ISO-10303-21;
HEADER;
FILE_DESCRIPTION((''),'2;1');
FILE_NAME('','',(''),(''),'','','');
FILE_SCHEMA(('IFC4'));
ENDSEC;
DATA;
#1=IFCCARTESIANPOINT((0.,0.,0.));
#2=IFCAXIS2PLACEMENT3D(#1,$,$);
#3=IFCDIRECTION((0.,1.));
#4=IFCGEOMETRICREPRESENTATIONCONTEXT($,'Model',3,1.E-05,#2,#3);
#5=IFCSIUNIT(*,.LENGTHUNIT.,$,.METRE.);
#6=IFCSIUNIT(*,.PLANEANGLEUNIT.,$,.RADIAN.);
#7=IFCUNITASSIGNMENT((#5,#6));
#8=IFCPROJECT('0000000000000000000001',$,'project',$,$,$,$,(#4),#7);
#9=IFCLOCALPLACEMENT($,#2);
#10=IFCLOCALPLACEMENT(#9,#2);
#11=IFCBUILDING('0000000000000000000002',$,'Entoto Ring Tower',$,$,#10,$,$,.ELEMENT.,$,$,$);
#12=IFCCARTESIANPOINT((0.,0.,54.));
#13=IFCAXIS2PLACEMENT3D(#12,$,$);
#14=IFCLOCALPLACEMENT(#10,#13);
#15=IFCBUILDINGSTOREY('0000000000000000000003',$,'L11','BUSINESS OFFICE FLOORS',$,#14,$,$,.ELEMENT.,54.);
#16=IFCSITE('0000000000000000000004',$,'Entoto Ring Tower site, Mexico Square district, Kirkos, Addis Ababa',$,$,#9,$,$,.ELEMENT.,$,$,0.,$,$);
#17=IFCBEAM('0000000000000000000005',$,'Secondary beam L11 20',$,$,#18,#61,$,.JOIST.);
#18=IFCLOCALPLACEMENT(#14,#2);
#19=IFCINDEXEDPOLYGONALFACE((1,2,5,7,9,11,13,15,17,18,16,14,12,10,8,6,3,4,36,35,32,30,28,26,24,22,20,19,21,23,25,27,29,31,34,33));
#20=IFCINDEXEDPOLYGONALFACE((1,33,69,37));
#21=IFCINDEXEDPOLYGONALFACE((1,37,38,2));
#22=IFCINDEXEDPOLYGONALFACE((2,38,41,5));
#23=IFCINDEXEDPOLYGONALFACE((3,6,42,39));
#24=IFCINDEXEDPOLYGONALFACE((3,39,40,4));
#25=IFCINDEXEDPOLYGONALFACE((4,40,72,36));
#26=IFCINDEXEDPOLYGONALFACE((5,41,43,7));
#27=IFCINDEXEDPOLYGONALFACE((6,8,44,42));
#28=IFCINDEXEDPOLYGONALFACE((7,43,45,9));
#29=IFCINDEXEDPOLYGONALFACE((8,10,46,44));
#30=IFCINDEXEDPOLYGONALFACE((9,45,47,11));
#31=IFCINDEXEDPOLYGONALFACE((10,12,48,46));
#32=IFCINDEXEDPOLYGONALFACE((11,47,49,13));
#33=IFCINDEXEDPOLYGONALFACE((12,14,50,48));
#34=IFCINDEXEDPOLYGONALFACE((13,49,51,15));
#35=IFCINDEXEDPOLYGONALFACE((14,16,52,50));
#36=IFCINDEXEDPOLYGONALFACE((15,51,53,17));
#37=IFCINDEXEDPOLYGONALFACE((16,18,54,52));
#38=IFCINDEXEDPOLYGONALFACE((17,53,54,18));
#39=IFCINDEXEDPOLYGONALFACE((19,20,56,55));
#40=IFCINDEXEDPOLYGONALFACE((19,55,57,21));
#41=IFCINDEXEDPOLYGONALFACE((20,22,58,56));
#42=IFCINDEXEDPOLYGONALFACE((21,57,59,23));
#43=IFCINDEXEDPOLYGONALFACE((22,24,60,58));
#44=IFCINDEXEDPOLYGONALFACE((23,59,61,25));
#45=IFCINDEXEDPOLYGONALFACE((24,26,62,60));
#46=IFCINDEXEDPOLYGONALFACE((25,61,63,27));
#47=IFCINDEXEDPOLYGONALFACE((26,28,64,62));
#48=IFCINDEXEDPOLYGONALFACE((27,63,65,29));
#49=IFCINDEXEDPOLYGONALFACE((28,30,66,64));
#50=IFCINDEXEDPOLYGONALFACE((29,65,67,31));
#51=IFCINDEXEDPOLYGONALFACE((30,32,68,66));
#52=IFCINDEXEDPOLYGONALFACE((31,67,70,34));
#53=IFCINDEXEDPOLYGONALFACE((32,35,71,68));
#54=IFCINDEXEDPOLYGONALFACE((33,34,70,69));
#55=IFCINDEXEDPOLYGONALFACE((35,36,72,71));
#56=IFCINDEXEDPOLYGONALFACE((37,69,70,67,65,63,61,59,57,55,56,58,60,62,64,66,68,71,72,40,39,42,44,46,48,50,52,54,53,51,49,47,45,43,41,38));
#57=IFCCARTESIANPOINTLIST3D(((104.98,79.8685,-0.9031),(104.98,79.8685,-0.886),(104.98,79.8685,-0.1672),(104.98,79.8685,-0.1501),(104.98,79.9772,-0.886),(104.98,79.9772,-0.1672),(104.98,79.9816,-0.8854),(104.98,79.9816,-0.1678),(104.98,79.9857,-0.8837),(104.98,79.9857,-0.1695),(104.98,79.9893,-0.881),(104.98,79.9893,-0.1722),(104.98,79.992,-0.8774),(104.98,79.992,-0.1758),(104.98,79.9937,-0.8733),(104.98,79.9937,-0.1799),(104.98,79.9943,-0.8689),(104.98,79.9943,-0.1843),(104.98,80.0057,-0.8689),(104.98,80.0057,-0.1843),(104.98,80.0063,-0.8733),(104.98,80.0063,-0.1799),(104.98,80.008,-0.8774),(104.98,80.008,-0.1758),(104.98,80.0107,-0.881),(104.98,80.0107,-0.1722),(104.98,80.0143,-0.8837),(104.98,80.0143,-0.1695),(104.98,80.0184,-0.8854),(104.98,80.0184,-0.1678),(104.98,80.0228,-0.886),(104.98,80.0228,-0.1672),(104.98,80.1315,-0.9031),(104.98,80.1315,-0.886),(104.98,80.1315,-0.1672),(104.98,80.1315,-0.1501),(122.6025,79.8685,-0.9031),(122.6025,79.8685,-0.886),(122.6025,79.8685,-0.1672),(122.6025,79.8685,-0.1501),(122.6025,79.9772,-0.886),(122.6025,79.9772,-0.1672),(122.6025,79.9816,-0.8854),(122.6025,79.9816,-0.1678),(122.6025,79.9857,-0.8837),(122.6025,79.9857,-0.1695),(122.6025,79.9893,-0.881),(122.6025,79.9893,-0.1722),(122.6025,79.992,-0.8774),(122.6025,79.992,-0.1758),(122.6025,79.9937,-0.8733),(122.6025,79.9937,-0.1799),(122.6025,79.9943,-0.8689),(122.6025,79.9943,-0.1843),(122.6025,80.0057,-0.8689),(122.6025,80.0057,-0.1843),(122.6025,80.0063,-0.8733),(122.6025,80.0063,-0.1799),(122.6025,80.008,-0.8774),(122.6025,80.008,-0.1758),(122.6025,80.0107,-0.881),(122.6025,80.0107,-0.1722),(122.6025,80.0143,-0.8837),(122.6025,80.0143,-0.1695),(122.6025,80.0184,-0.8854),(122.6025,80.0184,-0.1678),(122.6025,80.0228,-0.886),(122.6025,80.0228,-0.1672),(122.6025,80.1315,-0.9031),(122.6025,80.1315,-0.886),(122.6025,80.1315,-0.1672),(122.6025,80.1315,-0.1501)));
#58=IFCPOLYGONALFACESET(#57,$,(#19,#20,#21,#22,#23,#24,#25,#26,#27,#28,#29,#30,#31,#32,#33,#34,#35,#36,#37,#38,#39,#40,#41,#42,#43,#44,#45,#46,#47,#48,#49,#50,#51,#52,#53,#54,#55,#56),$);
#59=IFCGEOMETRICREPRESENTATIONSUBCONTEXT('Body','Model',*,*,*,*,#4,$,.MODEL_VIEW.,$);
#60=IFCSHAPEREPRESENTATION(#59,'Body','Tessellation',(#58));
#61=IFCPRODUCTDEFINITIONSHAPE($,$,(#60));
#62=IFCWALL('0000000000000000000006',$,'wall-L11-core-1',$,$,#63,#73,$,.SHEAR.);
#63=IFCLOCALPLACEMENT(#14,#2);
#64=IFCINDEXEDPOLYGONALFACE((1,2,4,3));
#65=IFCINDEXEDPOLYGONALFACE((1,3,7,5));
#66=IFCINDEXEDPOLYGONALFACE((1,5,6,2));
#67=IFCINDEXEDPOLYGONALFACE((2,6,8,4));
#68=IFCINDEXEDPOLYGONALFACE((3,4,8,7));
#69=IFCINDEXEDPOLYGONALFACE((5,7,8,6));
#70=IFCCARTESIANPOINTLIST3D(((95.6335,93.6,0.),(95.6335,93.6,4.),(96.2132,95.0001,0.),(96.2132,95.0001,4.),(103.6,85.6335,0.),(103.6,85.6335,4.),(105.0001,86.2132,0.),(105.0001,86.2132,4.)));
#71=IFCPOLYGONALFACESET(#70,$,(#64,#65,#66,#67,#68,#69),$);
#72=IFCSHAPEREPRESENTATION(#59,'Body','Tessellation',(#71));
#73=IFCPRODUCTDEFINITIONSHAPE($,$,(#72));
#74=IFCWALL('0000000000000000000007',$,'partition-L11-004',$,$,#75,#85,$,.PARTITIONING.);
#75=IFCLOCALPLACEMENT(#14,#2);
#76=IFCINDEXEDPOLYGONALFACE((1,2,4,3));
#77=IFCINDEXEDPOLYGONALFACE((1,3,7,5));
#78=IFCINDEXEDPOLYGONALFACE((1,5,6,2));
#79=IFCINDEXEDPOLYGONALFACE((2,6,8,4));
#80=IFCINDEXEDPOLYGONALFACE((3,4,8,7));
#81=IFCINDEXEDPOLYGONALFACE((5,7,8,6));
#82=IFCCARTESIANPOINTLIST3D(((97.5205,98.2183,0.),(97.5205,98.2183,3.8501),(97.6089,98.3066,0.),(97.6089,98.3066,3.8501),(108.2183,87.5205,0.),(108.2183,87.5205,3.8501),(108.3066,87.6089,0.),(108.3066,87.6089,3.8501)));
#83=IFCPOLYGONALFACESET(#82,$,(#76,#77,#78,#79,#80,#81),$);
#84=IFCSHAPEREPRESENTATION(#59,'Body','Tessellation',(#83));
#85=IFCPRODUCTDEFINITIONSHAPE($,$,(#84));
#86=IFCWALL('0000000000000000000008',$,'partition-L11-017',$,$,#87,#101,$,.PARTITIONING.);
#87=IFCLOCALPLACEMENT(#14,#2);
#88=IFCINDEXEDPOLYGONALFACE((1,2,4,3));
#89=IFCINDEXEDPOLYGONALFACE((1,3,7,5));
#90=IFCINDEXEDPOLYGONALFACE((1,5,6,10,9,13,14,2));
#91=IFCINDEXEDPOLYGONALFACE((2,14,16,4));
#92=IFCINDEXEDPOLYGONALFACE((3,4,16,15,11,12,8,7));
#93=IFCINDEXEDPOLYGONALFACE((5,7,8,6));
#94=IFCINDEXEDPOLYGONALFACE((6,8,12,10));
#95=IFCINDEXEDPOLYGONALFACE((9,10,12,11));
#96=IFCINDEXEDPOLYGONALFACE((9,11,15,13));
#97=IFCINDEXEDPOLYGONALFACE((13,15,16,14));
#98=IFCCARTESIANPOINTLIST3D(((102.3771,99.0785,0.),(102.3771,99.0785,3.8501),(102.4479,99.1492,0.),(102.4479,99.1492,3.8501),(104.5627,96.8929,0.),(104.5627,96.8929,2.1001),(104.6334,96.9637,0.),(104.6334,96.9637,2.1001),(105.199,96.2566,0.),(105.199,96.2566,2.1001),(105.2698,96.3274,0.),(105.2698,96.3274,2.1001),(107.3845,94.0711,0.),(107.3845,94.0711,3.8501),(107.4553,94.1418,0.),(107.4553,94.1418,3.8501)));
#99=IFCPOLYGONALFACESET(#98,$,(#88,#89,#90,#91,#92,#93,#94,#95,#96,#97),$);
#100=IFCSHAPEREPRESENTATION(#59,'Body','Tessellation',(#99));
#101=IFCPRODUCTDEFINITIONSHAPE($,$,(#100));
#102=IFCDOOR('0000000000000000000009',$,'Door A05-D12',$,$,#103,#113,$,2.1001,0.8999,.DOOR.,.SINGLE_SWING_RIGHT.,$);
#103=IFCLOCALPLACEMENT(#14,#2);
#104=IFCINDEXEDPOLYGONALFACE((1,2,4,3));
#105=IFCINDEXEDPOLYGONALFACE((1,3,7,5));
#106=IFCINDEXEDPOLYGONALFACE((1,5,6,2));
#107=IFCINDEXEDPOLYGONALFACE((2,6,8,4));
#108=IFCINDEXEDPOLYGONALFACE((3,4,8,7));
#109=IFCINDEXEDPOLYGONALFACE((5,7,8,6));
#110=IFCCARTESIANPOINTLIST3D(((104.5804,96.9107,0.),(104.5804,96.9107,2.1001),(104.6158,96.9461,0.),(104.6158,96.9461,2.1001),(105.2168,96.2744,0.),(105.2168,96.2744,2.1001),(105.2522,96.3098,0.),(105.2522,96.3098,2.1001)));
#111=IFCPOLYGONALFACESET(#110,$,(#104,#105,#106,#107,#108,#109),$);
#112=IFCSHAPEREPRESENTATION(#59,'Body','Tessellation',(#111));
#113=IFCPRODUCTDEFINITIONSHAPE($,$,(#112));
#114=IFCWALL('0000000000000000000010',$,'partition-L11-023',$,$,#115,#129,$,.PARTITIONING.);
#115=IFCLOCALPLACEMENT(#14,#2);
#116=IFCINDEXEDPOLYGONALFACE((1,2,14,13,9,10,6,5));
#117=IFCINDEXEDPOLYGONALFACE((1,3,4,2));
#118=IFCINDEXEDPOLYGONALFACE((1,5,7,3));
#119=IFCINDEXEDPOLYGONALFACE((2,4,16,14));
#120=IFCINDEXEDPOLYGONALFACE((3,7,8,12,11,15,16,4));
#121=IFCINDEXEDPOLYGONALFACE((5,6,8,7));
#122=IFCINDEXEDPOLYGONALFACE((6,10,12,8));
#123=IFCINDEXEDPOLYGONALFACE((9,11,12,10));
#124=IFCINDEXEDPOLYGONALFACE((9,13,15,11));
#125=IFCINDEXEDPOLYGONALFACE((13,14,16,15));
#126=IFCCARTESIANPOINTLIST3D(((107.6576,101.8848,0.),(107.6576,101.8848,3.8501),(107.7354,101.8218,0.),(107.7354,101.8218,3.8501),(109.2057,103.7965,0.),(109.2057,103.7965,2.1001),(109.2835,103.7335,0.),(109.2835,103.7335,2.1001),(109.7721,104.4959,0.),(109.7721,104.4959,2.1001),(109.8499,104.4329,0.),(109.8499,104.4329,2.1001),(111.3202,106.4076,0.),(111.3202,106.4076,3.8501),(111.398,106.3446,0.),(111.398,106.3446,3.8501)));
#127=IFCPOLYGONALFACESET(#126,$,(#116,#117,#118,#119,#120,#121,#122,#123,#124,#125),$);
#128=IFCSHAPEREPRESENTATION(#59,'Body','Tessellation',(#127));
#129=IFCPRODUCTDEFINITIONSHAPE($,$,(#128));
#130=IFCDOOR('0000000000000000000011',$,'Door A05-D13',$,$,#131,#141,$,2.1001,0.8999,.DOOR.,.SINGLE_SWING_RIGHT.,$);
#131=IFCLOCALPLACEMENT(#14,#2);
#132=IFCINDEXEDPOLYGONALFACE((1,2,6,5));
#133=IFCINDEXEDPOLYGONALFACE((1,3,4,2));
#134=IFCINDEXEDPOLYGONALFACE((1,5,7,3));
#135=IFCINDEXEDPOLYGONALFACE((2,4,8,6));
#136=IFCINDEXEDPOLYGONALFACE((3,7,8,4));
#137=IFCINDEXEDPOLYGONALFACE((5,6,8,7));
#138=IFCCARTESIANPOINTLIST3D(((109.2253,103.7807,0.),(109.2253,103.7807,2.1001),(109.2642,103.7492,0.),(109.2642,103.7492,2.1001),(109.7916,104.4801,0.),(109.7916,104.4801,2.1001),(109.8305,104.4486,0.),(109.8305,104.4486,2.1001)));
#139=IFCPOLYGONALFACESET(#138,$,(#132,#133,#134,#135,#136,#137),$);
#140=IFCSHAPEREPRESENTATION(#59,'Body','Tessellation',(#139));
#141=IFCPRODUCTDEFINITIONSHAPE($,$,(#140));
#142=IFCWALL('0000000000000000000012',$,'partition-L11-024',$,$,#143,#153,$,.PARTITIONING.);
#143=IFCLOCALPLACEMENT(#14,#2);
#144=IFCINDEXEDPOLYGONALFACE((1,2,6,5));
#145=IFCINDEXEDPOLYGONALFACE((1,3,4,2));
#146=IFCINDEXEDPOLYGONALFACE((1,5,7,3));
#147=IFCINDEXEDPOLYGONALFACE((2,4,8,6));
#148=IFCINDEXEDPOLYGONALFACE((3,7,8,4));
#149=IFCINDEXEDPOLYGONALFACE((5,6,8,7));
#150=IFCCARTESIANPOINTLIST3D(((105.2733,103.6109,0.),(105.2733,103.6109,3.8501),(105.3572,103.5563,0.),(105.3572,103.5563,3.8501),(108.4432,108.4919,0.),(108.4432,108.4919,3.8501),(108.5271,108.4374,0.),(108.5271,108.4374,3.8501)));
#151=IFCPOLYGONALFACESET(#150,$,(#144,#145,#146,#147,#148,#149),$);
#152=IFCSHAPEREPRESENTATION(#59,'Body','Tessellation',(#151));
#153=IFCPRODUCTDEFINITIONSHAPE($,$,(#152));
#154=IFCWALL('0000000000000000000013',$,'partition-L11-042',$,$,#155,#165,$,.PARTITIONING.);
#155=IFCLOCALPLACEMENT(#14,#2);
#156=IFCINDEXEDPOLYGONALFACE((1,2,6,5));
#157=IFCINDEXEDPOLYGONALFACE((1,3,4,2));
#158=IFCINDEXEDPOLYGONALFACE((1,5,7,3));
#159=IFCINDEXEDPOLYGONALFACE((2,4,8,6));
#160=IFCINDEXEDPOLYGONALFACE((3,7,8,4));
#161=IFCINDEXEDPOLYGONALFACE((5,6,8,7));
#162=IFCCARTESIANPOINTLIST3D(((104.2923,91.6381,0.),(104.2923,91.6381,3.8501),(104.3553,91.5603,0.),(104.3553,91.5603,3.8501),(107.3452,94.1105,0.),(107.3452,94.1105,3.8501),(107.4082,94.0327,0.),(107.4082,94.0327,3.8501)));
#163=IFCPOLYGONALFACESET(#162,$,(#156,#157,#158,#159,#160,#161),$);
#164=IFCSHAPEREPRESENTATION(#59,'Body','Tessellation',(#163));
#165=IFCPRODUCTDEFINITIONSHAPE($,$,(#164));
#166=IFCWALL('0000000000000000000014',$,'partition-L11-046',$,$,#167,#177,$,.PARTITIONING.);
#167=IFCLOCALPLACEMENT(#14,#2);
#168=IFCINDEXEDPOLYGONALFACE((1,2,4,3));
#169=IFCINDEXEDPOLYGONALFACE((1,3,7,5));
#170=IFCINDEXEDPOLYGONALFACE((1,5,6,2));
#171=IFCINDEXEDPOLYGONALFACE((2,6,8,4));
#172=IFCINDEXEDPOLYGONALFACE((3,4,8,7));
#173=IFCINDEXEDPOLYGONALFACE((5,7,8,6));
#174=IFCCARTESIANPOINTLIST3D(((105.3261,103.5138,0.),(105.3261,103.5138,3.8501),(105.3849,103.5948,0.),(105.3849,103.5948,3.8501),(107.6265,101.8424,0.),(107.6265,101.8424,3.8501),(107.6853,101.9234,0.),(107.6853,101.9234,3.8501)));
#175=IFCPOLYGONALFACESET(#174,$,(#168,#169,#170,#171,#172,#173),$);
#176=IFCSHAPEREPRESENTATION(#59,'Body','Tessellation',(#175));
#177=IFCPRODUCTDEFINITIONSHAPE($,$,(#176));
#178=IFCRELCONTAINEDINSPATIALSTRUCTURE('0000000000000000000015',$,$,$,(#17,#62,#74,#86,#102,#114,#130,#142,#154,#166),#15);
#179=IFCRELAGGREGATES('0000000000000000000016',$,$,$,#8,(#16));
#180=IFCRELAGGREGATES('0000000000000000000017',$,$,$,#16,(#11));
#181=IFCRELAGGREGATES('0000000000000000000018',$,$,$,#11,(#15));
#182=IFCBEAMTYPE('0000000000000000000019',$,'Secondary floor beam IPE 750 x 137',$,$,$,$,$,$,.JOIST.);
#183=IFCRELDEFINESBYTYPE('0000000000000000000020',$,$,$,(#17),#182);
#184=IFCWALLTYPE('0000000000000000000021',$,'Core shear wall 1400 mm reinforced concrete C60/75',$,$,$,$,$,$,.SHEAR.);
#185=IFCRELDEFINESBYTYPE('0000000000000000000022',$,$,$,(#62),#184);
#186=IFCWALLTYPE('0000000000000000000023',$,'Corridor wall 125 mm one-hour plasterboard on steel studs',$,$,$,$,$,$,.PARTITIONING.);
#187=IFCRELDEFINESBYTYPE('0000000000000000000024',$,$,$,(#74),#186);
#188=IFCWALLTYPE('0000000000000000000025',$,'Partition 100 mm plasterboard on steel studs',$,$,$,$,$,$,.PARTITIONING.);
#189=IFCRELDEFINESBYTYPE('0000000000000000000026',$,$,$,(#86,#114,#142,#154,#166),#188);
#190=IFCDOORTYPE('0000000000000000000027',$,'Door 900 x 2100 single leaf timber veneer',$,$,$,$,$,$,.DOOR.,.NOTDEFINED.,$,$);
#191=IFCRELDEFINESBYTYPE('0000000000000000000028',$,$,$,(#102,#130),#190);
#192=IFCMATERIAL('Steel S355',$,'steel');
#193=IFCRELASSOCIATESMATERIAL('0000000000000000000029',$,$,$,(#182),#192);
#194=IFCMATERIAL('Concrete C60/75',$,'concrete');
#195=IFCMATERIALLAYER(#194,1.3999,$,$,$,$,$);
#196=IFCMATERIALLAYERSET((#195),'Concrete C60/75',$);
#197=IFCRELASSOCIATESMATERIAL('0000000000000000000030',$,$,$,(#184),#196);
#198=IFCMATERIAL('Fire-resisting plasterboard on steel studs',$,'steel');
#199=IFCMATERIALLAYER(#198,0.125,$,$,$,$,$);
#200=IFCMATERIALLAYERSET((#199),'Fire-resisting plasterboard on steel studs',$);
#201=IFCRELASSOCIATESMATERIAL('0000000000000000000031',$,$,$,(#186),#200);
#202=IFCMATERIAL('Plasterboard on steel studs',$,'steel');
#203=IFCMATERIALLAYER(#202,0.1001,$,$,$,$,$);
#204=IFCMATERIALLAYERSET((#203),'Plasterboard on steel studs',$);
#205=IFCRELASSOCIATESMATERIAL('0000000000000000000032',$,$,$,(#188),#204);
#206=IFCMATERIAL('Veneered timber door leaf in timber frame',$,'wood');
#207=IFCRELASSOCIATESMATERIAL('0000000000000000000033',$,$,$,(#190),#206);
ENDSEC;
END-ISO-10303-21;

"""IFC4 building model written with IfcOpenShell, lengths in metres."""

from ifc_helpers import new_model, si_unit, direction, frame, frame_2d, origin, origin_2d, place, context, subcontext, project, spatial, polyline, rectangle, i_section, outline, extrude, material, layer, layer_set, material_profile, profile_set, type_object, element, fill, save


model = new_model("IFC4")

# Units and contexts
model_context = context("Model", 3, precision=1e-05, world=origin(), true_north=direction((0.0, 1.0)))
body_context = subcontext(model_context, "Body", "Model", "MODEL_VIEW")
ifc_project = project(units=[si_unit("LENGTHUNIT", "METRE"), si_unit("PLANEANGLEUNIT", "RADIAN")], contexts=[model_context])

# Site, building, storey
site_placement = place(None, origin())
site = spatial("IfcSite", under=ifc_project, at=site_placement, Name="Entoto Ring Tower site, Mexico Square district, Kirkos, Addis Ababa", CompositionType="ELEMENT", RefElevation=0.0)
building_placement = place(site_placement, origin())
building = spatial("IfcBuilding", under=site, at=building_placement, Name="Entoto Ring Tower", CompositionType="ELEMENT")
storey_placement = place(building_placement, frame((0.0, 0.0, 54.0)))
storey = spatial("IfcBuildingStorey", under=building, at=storey_placement, Name="L11", Description="BUSINESS OFFICE FLOORS", CompositionType="ELEMENT", Elevation=54.0)

# Beam
ifc_material_1 = material(Name="Steel S355", Category="steel")
ifc_material_profile_1 = material_profile(ifc_material_1, i_section(OverallWidth=0.2629, OverallDepth=0.7529, WebThickness=0.0115, FlangeThickness=0.0171, FilletRadius=0.0171, at=origin_2d()), Name="IPE 750 x 137")
ifc_profile_set_1 = profile_set([ifc_material_profile_1], Name="Steel S355")
beam_type_1 = type_object("IfcBeamType", Name="Secondary floor beam IPE 750 x 137", PredefinedType="JOIST", material=ifc_profile_set_1)
beam_1_placement = place(storey_placement, frame((104.98, 80.0, -0.5266), z_axis=(1.0, 0.0, 0.0), x_axis=(0.0, 1.0, 0.0)))
element("IfcBeam", 1, at=beam_1_placement, inside=storey, type_object=beam_type_1, Name="Secondary beam L11 20", PredefinedType="JOIST", context=body_context, shape_type="SweptSolid", body=[
    extrude(i_section(OverallWidth=0.2629, OverallDepth=0.7529, WebThickness=0.0115, FlangeThickness=0.0171, FilletRadius=0.0171, at=origin_2d()), origin(), (0.0, 0.0, 1.0), 17.6226),
])

# Walls
ifc_material_2 = material(Name="Concrete C60/75", Category="concrete")
ifc_layer_1 = layer(ifc_material_2, 1.3999)
ifc_layer_set_1 = layer_set([ifc_layer_1], Name="Concrete C60/75")
wall_type_1 = type_object("IfcWallType", Name="Core shear wall 1400 mm reinforced concrete C60/75", PredefinedType="SHEAR", material=ifc_layer_set_1)
wall_1_placement = place(storey_placement, frame((104.3, 85.9233, 0.0), z_axis=(0.0, 0.0, 1.0), x_axis=(-0.707107, 0.707107, 0.0)))
element("IfcWall", 2, at=wall_1_placement, inside=storey, type_object=wall_type_1, Name="wall-L11-core-1", PredefinedType="SHEAR", context=body_context, shape_type="SweptSolid", body=[
    extrude(outline(polyline([(-0.29, -0.7), (12.1365, -0.7), (11.5564, 0.7), (0.29, 0.7), (-0.29, -0.7)])), origin(), (0.0, 0.0, 1.0), 4.0),
])
ifc_material_3 = material(Name="Fire-resisting plasterboard on steel studs", Category="steel")
ifc_layer_2 = layer(ifc_material_3, 0.125)
ifc_layer_set_2 = layer_set([ifc_layer_2], Name="Fire-resisting plasterboard on steel studs")
wall_type_2 = type_object("IfcWallType", Name="Corridor wall 125 mm one-hour plasterboard on steel studs", PredefinedType="PARTITIONING", material=ifc_layer_set_2)
wall_2_placement = place(storey_placement, frame((108.2625, 87.5647, 0.0), z_axis=(0.0, 0.0, 1.0), x_axis=(-0.707107, 0.707107, 0.0)))
element("IfcWall", 3, at=wall_2_placement, inside=storey, type_object=wall_type_2, Name="partition-L11-004", PredefinedType="PARTITIONING", context=body_context, shape_type="SweptSolid", body=[
    extrude(rectangle(XDim=15.1289, YDim=0.125, at=frame_2d((7.5645, 0.0))), origin(), (0.0, 0.0, 1.0), 3.8501),
])

# Walls, openings, doors
ifc_material_4 = material(Name="Plasterboard on steel studs", Category="steel")
ifc_layer_3 = layer(ifc_material_4, 0.1001)
ifc_layer_set_3 = layer_set([ifc_layer_3], Name="Plasterboard on steel studs")
wall_type_3 = type_object("IfcWallType", Name="Partition 100 mm plasterboard on steel studs", PredefinedType="PARTITIONING", material=ifc_layer_set_3)
wall_3_placement = place(storey_placement, frame((107.4199, 94.1064, 0.0), z_axis=(0.0, 0.0, 1.0), x_axis=(-0.707107, 0.707107, 0.0)))
wall_3 = element("IfcWall", 4, at=wall_3_placement, inside=storey, type_object=wall_type_3, Name="partition-L11-017", PredefinedType="PARTITIONING", context=body_context, shape_type="SweptSolid", body=[
    extrude(rectangle(XDim=7.0815, YDim=0.1001, at=frame_2d((3.5408, 0.0))), origin(), (0.0, 0.0, 1.0), 3.8501),
])
opening_1_placement = place(wall_3_placement, frame((3.0908, 0.0, 0.0)))
opening_1 = element("IfcOpeningElement", 5, at=opening_1_placement, cuts=wall_3, PredefinedType="OPENING", context=body_context, shape_type="SweptSolid", body=[
    extrude(rectangle(XDim=0.8999, YDim=2.1001, at=frame_2d((0.45, 1.05))), frame((0.0, 0.0601, 0.0), z_axis=(0.0, -1.0, 0.0), x_axis=(1.0, 0.0, 0.0)), (0.0, 0.0, 1.0), 0.1201),
])
ifc_material_5 = material(Name="Veneered timber door leaf in timber frame", Category="wood")
door_type = type_object("IfcDoorType", Name="Door 900 x 2100 single leaf timber veneer", OperationType="NOTDEFINED", PredefinedType="DOOR", material=ifc_material_5)
door_1_placement = place(opening_1_placement, origin())
door_1 = element("IfcDoor", 6, at=door_1_placement, inside=storey, type_object=door_type, Name="Door A05-D12", OperationType="SINGLE_SWING_RIGHT", OverallHeight=2.1001, OverallWidth=0.8999, PredefinedType="DOOR", context=body_context, shape_type="SweptSolid", body=[
    extrude(rectangle(XDim=0.8999, YDim=2.1001, at=frame_2d((0.45, 1.05))), frame((0.0, 0.0249, 0.0), z_axis=(0.0, -1.0, 0.0), x_axis=(1.0, 0.0, 0.0)), (0.0, 0.0, 1.0), 0.05),
])
fill(opening_1, door_1)
wall_4_placement = place(storey_placement, frame((107.6965, 101.8533, 0.0), z_axis=(0.0, 0.0, 1.0), x_axis=(0.629319, 0.777147, 0.0)))
wall_4 = element("IfcWall", 7, at=wall_4_placement, inside=storey, type_object=wall_type_3, Name="partition-L11-023", PredefinedType="PARTITIONING", context=body_context, shape_type="SweptSolid", body=[
    extrude(rectangle(XDim=5.8198, YDim=0.1001, at=frame_2d((2.9099, 0.0))), origin(), (0.0, 0.0, 1.0), 3.8501),
])
opening_2_placement = place(wall_4_placement, frame((2.46, 0.0, 0.0)))
opening_2 = element("IfcOpeningElement", 8, at=opening_2_placement, cuts=wall_4, PredefinedType="OPENING", context=body_context, shape_type="SweptSolid", body=[
    extrude(rectangle(XDim=0.8999, YDim=2.1001, at=frame_2d((0.45, 1.05))), frame((0.0, 0.0601, 0.0), z_axis=(0.0, -1.0, 0.0), x_axis=(1.0, 0.0, 0.0)), (0.0, 0.0, 1.0), 0.1201),
])
door_2_placement = place(opening_2_placement, origin())
door_2 = element("IfcDoor", 9, at=door_2_placement, inside=storey, type_object=door_type, Name="Door A05-D13", OperationType="SINGLE_SWING_RIGHT", OverallHeight=2.1001, OverallWidth=0.8999, PredefinedType="DOOR", context=body_context, shape_type="SweptSolid", body=[
    extrude(rectangle(XDim=0.8999, YDim=2.1001, at=frame_2d((0.45, 1.05))), frame((0.0, 0.0249, 0.0), z_axis=(0.0, -1.0, 0.0), x_axis=(1.0, 0.0, 0.0)), (0.0, 0.0, 1.0), 0.05),
])
fill(opening_2, door_2)

# Walls
wall_5_placement = place(storey_placement, frame((105.3152, 103.5835, 0.0), z_axis=(0.0, 0.0, 1.0), x_axis=(0.544651, 0.838663, 0.0)))
element("IfcWall", 10, at=wall_5_placement, inside=storey, type_object=wall_type_3, Name="partition-L11-024", PredefinedType="PARTITIONING", context=body_context, shape_type="SweptSolid", body=[
    extrude(rectangle(XDim=5.8201, YDim=0.1001, at=frame_2d((2.9102, 0.0))), origin(), (0.0, 0.0, 1.0), 3.8501),
])
wall_6_placement = place(storey_placement, frame((104.3237, 91.5991, 0.0), z_axis=(0.0, 0.0, 1.0), x_axis=(0.777126, 0.629345, 0.0)))
element("IfcWall", 11, at=wall_6_placement, inside=storey, type_object=wall_type_3, Name="partition-L11-042", PredefinedType="PARTITIONING", context=body_context, shape_type="SweptSolid", body=[
    extrude(rectangle(XDim=3.9285, YDim=0.1001, at=frame_2d((1.9644, 0.0))), origin(), (0.0, 0.0, 1.0), 3.8501),
])
wall_7_placement = place(storey_placement, frame((107.656, 101.8828, 0.0), z_axis=(0.0, 0.0, 1.0), x_axis=(-0.808996, 0.587814, 0.0)))
element("IfcWall", 12, at=wall_7_placement, inside=storey, type_object=wall_type_3, Name="partition-L11-046", PredefinedType="PARTITIONING", context=body_context, shape_type="SweptSolid", body=[
    extrude(rectangle(XDim=2.8435, YDim=0.1001, at=frame_2d((1.4219, 0.0))), origin(), (0.0, 0.0, 1.0), 3.8501),
])

save(model, "model.ifc")
